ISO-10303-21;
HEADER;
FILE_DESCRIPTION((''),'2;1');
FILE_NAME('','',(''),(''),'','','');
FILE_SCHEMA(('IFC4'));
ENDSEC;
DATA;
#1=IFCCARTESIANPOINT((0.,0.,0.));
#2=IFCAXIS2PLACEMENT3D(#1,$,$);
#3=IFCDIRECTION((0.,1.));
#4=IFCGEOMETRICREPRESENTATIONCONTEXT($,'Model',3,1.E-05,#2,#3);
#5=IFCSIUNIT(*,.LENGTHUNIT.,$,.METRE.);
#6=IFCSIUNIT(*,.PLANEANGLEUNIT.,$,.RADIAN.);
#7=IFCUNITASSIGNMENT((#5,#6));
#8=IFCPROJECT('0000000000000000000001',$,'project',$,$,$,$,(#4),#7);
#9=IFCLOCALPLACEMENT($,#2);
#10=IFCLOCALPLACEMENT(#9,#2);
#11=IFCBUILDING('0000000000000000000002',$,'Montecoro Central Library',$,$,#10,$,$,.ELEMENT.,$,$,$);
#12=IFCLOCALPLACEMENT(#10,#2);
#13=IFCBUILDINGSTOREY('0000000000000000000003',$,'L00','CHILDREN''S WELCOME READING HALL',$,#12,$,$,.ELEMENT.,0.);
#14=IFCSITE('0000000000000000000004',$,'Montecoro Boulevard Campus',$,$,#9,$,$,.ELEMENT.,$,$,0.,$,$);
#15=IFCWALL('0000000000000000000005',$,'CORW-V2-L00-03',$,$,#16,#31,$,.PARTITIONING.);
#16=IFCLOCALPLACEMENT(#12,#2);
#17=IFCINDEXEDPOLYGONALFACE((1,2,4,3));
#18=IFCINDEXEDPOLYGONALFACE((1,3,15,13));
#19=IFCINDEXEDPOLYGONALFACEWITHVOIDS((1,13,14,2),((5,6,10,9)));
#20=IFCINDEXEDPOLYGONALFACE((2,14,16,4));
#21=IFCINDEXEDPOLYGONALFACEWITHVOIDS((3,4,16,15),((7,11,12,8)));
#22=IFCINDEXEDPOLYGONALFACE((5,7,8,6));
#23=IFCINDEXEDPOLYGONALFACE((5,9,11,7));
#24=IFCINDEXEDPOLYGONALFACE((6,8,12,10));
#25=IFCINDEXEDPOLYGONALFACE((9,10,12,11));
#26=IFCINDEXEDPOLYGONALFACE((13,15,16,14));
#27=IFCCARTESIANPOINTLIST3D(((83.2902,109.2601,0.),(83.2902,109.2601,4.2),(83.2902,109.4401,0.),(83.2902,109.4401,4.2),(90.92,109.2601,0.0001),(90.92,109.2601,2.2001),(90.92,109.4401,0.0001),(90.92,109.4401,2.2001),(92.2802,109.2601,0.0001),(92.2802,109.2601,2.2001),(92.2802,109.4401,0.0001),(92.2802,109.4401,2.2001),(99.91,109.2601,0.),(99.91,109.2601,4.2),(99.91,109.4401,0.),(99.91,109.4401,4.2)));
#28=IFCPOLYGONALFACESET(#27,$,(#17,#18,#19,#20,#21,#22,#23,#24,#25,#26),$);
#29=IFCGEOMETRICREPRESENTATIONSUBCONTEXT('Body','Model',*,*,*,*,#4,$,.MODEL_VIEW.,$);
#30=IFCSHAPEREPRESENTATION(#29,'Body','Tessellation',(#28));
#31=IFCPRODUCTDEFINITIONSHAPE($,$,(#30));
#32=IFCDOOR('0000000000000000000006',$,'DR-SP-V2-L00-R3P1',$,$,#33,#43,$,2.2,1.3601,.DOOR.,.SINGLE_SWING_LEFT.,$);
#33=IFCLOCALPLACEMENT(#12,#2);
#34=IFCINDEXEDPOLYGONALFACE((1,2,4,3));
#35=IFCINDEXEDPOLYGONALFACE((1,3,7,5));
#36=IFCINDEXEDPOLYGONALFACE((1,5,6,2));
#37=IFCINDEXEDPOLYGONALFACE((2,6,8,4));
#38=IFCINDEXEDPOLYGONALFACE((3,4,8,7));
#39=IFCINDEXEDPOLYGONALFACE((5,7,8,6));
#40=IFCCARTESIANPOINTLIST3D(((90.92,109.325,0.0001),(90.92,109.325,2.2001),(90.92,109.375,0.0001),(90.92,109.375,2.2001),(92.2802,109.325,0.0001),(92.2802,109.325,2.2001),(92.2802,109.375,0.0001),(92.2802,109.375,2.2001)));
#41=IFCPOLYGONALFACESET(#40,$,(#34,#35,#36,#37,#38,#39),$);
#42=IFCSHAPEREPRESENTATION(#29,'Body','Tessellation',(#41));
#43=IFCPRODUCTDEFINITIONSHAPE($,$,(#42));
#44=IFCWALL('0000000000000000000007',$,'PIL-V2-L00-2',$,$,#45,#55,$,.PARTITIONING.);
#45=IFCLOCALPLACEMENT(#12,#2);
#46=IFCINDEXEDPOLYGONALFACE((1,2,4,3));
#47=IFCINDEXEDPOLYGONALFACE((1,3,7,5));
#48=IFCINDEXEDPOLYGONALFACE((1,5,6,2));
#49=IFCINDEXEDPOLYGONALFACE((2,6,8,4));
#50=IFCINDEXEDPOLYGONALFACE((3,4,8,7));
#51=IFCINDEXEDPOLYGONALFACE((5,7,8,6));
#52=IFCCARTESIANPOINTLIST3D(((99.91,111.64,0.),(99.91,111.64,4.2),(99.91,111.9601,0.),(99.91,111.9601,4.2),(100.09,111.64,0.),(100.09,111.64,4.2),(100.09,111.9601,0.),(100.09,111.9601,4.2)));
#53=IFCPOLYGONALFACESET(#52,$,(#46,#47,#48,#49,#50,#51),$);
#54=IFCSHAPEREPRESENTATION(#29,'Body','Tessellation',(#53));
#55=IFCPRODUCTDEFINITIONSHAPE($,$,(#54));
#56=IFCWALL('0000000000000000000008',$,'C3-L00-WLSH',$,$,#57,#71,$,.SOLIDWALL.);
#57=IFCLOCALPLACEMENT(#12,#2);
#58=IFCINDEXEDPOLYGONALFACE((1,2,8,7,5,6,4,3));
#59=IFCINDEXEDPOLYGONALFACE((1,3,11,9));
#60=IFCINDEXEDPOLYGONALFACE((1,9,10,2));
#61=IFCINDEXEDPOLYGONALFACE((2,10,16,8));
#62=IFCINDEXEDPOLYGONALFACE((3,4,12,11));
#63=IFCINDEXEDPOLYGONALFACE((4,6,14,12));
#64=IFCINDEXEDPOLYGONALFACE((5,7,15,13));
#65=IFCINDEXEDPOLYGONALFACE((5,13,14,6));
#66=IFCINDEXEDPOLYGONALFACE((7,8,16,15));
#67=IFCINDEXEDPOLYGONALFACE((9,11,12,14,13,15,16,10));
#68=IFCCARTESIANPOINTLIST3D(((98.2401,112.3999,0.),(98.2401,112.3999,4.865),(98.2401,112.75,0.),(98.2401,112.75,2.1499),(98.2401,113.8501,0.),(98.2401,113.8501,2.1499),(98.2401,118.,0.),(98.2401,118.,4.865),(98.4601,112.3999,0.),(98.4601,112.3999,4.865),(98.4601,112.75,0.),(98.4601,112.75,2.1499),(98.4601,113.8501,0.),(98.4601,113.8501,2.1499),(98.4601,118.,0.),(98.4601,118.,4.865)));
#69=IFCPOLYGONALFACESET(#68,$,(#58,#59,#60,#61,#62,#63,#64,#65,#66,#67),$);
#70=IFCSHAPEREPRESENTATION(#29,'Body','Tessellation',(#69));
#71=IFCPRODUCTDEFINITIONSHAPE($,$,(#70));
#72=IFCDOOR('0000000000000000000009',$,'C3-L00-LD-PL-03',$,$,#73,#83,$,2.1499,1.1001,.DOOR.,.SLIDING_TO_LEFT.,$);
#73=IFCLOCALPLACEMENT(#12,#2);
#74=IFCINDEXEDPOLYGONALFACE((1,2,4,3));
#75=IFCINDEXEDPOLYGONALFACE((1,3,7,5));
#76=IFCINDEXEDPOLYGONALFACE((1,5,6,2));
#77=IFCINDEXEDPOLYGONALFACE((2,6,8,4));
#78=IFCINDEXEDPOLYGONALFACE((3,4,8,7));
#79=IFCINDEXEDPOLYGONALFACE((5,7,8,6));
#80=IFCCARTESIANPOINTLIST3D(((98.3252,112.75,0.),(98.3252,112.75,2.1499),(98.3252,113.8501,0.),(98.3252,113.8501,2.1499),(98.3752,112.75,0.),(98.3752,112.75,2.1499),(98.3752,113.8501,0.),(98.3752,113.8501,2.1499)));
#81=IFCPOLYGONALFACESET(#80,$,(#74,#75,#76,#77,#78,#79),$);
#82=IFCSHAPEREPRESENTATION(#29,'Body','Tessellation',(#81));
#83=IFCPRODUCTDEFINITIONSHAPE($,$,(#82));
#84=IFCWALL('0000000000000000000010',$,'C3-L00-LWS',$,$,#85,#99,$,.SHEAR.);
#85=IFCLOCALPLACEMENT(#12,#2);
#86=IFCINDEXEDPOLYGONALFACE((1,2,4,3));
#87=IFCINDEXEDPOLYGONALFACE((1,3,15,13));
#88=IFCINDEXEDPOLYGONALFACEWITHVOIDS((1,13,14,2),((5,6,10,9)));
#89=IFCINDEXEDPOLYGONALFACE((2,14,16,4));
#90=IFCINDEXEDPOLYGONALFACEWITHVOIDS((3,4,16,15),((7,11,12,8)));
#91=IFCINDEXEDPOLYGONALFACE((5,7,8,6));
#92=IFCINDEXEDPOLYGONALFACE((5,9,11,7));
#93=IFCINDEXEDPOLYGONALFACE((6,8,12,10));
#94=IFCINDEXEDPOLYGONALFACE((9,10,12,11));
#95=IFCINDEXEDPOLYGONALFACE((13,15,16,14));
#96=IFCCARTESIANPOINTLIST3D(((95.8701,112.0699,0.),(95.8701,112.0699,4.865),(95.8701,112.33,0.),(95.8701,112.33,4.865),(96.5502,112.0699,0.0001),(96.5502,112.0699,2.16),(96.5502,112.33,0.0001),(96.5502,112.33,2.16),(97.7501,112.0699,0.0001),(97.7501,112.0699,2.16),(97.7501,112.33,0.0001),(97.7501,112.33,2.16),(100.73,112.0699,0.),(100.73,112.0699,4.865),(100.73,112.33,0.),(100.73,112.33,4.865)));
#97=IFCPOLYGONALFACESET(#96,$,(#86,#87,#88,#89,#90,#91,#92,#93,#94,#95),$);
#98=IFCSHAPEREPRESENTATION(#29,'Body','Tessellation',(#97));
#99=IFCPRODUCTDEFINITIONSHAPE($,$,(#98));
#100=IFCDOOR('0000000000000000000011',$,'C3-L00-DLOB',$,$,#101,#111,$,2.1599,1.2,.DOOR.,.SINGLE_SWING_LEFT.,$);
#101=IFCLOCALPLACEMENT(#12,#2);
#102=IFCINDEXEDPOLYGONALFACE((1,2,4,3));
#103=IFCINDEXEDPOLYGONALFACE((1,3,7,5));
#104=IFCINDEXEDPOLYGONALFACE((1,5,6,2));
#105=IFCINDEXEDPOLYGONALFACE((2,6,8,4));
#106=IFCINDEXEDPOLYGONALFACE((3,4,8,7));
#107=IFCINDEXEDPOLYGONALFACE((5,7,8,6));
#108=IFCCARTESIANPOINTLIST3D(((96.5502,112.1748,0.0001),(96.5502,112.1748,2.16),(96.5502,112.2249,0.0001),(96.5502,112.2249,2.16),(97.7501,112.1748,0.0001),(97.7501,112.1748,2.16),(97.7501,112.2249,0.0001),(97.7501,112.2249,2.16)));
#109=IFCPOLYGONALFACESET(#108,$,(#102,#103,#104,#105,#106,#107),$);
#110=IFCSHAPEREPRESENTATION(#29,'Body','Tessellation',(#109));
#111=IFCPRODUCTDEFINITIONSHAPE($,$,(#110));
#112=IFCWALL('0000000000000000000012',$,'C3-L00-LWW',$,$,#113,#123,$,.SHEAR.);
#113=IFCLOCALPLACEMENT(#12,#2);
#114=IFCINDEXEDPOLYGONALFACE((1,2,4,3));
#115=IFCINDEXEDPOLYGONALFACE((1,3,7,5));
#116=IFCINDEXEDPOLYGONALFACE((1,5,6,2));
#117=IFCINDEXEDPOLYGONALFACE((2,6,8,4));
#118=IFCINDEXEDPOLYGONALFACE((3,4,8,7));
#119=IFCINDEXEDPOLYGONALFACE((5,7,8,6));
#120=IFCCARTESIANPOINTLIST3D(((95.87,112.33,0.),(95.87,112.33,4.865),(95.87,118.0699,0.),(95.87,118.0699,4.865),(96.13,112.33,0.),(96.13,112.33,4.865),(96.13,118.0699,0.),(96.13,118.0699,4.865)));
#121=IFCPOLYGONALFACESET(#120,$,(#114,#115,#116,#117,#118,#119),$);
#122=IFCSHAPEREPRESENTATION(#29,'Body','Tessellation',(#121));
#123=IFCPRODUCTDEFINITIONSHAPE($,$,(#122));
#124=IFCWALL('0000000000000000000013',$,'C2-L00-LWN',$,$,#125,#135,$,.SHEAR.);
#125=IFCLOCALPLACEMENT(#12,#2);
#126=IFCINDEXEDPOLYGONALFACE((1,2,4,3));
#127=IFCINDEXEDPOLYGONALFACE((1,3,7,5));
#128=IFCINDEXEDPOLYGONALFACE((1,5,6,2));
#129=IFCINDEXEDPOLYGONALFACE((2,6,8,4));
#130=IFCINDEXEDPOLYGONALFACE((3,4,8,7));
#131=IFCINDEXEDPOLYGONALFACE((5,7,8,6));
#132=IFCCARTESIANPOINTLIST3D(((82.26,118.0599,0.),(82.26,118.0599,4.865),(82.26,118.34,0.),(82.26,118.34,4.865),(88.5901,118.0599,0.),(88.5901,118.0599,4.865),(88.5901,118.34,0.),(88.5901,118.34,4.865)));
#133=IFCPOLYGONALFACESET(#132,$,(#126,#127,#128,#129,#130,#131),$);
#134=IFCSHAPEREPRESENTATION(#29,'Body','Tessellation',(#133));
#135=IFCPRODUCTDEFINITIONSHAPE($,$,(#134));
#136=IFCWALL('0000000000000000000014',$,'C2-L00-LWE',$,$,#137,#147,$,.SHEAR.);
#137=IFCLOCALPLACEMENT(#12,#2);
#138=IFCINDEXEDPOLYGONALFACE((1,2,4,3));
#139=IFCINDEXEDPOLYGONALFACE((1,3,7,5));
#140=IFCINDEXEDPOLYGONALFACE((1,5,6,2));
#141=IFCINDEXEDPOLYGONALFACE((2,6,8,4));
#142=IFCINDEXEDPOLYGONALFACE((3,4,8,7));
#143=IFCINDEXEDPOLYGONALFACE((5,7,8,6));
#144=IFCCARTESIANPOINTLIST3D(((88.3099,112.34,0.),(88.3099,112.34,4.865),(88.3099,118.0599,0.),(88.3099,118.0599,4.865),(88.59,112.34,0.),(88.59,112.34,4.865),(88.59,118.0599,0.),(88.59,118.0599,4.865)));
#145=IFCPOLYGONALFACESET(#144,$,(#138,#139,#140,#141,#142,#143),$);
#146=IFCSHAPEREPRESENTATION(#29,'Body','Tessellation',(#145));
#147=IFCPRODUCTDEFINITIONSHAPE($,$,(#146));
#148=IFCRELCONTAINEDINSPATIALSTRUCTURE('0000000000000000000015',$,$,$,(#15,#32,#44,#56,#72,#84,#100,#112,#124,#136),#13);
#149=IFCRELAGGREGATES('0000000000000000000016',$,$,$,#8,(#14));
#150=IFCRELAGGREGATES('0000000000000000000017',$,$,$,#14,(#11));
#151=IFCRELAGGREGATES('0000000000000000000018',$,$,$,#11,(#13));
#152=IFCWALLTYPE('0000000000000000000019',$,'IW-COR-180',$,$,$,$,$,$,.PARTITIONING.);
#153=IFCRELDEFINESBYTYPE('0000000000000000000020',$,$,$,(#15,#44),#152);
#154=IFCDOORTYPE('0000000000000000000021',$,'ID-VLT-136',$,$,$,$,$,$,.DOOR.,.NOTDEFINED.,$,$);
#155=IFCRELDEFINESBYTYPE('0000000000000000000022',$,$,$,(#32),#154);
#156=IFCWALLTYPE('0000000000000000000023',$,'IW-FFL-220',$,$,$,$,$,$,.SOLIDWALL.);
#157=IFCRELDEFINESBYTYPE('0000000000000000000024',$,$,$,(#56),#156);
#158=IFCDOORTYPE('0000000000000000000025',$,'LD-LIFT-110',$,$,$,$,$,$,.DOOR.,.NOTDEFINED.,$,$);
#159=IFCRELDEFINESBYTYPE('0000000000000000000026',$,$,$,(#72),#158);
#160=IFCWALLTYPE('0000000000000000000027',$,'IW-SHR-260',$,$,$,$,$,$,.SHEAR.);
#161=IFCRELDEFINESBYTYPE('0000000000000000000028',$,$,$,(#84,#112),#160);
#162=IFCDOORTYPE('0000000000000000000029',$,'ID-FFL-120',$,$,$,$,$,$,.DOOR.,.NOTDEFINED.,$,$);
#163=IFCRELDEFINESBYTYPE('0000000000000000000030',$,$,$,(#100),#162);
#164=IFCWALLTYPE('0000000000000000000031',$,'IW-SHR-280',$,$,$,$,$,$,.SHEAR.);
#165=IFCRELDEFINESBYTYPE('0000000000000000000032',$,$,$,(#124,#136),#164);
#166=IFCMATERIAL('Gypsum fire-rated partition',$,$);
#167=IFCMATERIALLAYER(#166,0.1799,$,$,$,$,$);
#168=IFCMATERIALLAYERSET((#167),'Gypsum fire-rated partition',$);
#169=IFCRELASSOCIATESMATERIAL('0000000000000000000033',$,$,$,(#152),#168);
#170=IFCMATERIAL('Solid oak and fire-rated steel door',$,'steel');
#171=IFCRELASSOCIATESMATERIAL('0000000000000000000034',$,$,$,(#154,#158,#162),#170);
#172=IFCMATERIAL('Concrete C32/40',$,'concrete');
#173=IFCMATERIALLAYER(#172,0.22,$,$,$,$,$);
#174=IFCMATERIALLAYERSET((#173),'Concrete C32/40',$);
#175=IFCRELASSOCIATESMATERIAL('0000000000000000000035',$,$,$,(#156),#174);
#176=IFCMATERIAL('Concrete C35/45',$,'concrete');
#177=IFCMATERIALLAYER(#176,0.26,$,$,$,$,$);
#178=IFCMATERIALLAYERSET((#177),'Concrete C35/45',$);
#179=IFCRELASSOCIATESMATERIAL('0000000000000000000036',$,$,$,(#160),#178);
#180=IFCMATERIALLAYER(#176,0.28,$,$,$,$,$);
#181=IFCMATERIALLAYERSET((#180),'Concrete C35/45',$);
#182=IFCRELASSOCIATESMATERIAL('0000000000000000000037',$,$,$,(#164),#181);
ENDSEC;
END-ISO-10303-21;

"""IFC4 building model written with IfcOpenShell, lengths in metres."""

from ifc_helpers import new_model, si_unit, direction, frame, frame_2d, origin, place, context, subcontext, project, spatial, rectangle, extrude, material, layer, layer_set, type_object, element, fill, save


model = new_model("IFC4")

# Units and contexts
model_context = context("Model", 3, precision=1e-05, world=origin(), true_north=direction((0.0, 1.0)))
body_context = subcontext(model_context, "Body", "Model", "MODEL_VIEW")
ifc_project = project(units=[si_unit("LENGTHUNIT", "METRE"), si_unit("PLANEANGLEUNIT", "RADIAN")], contexts=[model_context])

# Site, building, storey
site_placement = place(None, origin())
site = spatial("IfcSite", under=ifc_project, at=site_placement, Name="Montecoro Boulevard Campus", CompositionType="ELEMENT", RefElevation=0.0)
building_placement = place(site_placement, origin())
building = spatial("IfcBuilding", under=site, at=building_placement, Name="Montecoro Central Library", CompositionType="ELEMENT")
storey_placement = place(building_placement, origin())
storey = spatial("IfcBuildingStorey", under=building, at=storey_placement, Name="L00", Description="CHILDREN'S WELCOME READING HALL", CompositionType="ELEMENT", Elevation=0.0)

# Wall, opening, door
ifc_material_1 = material(Name="Gypsum fire-rated partition")
ifc_layer_1 = layer(ifc_material_1, 0.1799)
ifc_layer_set_1 = layer_set([ifc_layer_1], Name="Gypsum fire-rated partition")
wall_type_1 = type_object("IfcWallType", Name="IW-COR-180", PredefinedType="PARTITIONING", material=ifc_layer_set_1)
wall_1_placement = place(storey_placement, frame((83.29, 109.3501, 0.0), z_axis=(0.0, 0.0, 1.0), x_axis=(1.0, 0.0, 0.0)))
wall_1 = element("IfcWall", 1, at=wall_1_placement, inside=storey, type_object=wall_type_1, Name="CORW-V2-L00-03", PredefinedType="PARTITIONING", context=body_context, shape_type="SweptSolid", body=[
    extrude(rectangle(XDim=16.6199, YDim=0.1799, at=frame_2d((8.3101, 0.0))), origin(), (0.0, 0.0, 1.0), 4.2),
])
opening_1_placement = place(wall_1_placement, frame((7.6299, 0.0, 0.0)))
opening_1 = element("IfcOpeningElement", 2, at=opening_1_placement, cuts=wall_1, PredefinedType="OPENING", context=body_context, shape_type="SweptSolid", body=[
    extrude(rectangle(XDim=1.3601, YDim=2.2, at=frame_2d((0.6802, 1.1001))), frame((0.0, 0.0999, 0.0), z_axis=(0.0, -1.0, 0.0), x_axis=(1.0, 0.0, 0.0)), (0.0, 0.0, 1.0), 0.2),
])
ifc_material_2 = material(Name="Solid oak and fire-rated steel door", Category="steel")
door_type_1 = type_object("IfcDoorType", Name="ID-VLT-136", OperationType="NOTDEFINED", PredefinedType="DOOR", material=ifc_material_2)
door_1_placement = place(opening_1_placement, origin())
door_1 = element("IfcDoor", 3, at=door_1_placement, inside=storey, type_object=door_type_1, Name="DR-SP-V2-L00-R3P1", OperationType="SINGLE_SWING_LEFT", OverallHeight=2.2, OverallWidth=1.3601, PredefinedType="DOOR", context=body_context, shape_type="SweptSolid", body=[
    extrude(rectangle(XDim=1.3601, YDim=2.2, at=frame_2d((0.6802, 1.1001))), frame((0.0, 0.0249, 0.0), z_axis=(0.0, -1.0, 0.0), x_axis=(1.0, 0.0, 0.0)), (0.0, 0.0, 1.0), 0.05),
])
fill(opening_1, door_1)

# Wall
wall_2_placement = place(storey_placement, frame((100.0, 111.6399, 0.0), z_axis=(0.0, 0.0, 1.0), x_axis=(0.0, 1.0, 0.0)))
element("IfcWall", 4, at=wall_2_placement, inside=storey, type_object=wall_type_1, Name="PIL-V2-L00-2", PredefinedType="PARTITIONING", context=body_context, shape_type="SweptSolid", body=[
    extrude(rectangle(XDim=0.3201, YDim=0.1799, at=frame_2d((0.1602, 0.0))), origin(), (0.0, 0.0, 1.0), 4.2),
])

# Shared definitions
ifc_material_3 = material(Name="Concrete C32/40", Category="concrete")
ifc_layer_2 = layer(ifc_material_3, 0.22)
ifc_layer_set_2 = layer_set([ifc_layer_2], Name="Concrete C32/40")
wall_type_2 = type_object("IfcWallType", Name="IW-FFL-220", PredefinedType="SOLIDWALL", material=ifc_layer_set_2)
door_type_2 = type_object("IfcDoorType", Name="LD-LIFT-110", OperationType="NOTDEFINED", PredefinedType="DOOR", material=ifc_material_2)

# Walls, openings, doors
wall_3_placement = place(storey_placement, frame((98.3501, 112.3999, 0.0), z_axis=(0.0, 0.0, 1.0), x_axis=(0.0, 1.0, 0.0)))
wall_3 = element("IfcWall", 5, at=wall_3_placement, inside=storey, type_object=wall_type_2, Name="C3-L00-WLSH", PredefinedType="SOLIDWALL", context=body_context, shape_type="SweptSolid", body=[
    extrude(rectangle(XDim=5.6001, YDim=0.22, at=frame_2d((2.8, 0.0))), origin(), (0.0, 0.0, 1.0), 4.865),
])
opening_2_placement = place(wall_3_placement, frame((0.3501, 0.0, 0.0)))
opening_2 = element("IfcOpeningElement", 6, at=opening_2_placement, cuts=wall_3, PredefinedType="OPENING", context=body_context, shape_type="SweptSolid", body=[
    extrude(rectangle(XDim=1.1001, YDim=2.1499, at=frame_2d((0.55, 1.075))), frame((0.0, 0.1199, 0.0), z_axis=(0.0, -1.0, 0.0), x_axis=(1.0, 0.0, 0.0)), (0.0, 0.0, 1.0), 0.24),
])
door_2_placement = place(opening_2_placement, origin())
door_2 = element("IfcDoor", 7, at=door_2_placement, inside=storey, type_object=door_type_2, Name="C3-L00-LD-PL-03", OperationType="SLIDING_TO_LEFT", OverallHeight=2.1499, OverallWidth=1.1001, PredefinedType="DOOR", context=body_context, shape_type="SweptSolid", body=[
    extrude(rectangle(XDim=1.1001, YDim=2.1499, at=frame_2d((0.55, 1.075))), frame((0.0, 0.0249, 0.0), z_axis=(0.0, -1.0, 0.0), x_axis=(1.0, 0.0, 0.0)), (0.0, 0.0, 1.0), 0.05),
])
fill(opening_2, door_2)
ifc_material_4 = material(Name="Concrete C35/45", Category="concrete")
ifc_layer_3 = layer(ifc_material_4, 0.26)
ifc_layer_set_3 = layer_set([ifc_layer_3], Name="Concrete C35/45")
wall_type_3 = type_object("IfcWallType", Name="IW-SHR-260", PredefinedType="SHEAR", material=ifc_layer_set_3)
wall_4_placement = place(storey_placement, frame((95.8701, 112.2, 0.0), z_axis=(0.0, 0.0, 1.0), x_axis=(1.0, 0.0, 0.0)))
wall_4 = element("IfcWall", 8, at=wall_4_placement, inside=storey, type_object=wall_type_3, Name="C3-L00-LWS", PredefinedType="SHEAR", context=body_context, shape_type="SweptSolid", body=[
    extrude(rectangle(XDim=4.8599, YDim=0.26, at=frame_2d((2.4299, 0.0))), origin(), (0.0, 0.0, 1.0), 4.865),
])
opening_3_placement = place(wall_4_placement, frame((0.6799, 0.0, 0.0)))
opening_3 = element("IfcOpeningElement", 9, at=opening_3_placement, cuts=wall_4, PredefinedType="OPENING", context=body_context, shape_type="SweptSolid", body=[
    extrude(rectangle(XDim=1.2, YDim=2.1599, at=frame_2d((0.6001, 1.0801))), frame((0.0, 0.1399, 0.0), z_axis=(0.0, -1.0, 0.0), x_axis=(1.0, 0.0, 0.0)), (0.0, 0.0, 1.0), 0.28),
])
door_type_3 = type_object("IfcDoorType", Name="ID-FFL-120", OperationType="NOTDEFINED", PredefinedType="DOOR", material=ifc_material_2)
door_3_placement = place(opening_3_placement, origin())
door_3 = element("IfcDoor", 10, at=door_3_placement, inside=storey, type_object=door_type_3, Name="C3-L00-DLOB", OperationType="SINGLE_SWING_LEFT", OverallHeight=2.1599, OverallWidth=1.2, PredefinedType="DOOR", context=body_context, shape_type="SweptSolid", body=[
    extrude(rectangle(XDim=1.2, YDim=2.1599, at=frame_2d((0.6001, 1.0801))), frame((0.0, 0.0249, 0.0), z_axis=(0.0, -1.0, 0.0), x_axis=(1.0, 0.0, 0.0)), (0.0, 0.0, 1.0), 0.05),
])
fill(opening_3, door_3)

# Walls
wall_5_placement = place(storey_placement, frame((96.0, 118.0701, 0.0), z_axis=(0.0, 0.0, 1.0), x_axis=(0.0, -1.0, 0.0)))
element("IfcWall", 11, at=wall_5_placement, inside=storey, type_object=wall_type_3, Name="C3-L00-LWW", PredefinedType="SHEAR", context=body_context, shape_type="SweptSolid", body=[
    extrude(rectangle(XDim=5.74, YDim=0.26, at=frame_2d((2.8701, 0.0))), origin(), (0.0, 0.0, 1.0), 4.865),
])
ifc_layer_4 = layer(ifc_material_4, 0.28)
ifc_layer_set_4 = layer_set([ifc_layer_4], Name="Concrete C35/45")
wall_type_4 = type_object("IfcWallType", Name="IW-SHR-280", PredefinedType="SHEAR", material=ifc_layer_set_4)
wall_6_placement = place(storey_placement, frame((88.5901, 118.2, 0.0), z_axis=(0.0, 0.0, 1.0), x_axis=(-1.0, 0.0, 0.0)))
element("IfcWall", 12, at=wall_6_placement, inside=storey, type_object=wall_type_4, Name="C2-L00-LWN", PredefinedType="SHEAR", context=body_context, shape_type="SweptSolid", body=[
    extrude(rectangle(XDim=6.3301, YDim=0.28, at=frame_2d((3.165, 0.0))), origin(), (0.0, 0.0, 1.0), 4.865),
])
wall_7_placement = place(storey_placement, frame((88.45, 112.3401, 0.0), z_axis=(0.0, 0.0, 1.0), x_axis=(0.0, 1.0, 0.0)))
element("IfcWall", 13, at=wall_7_placement, inside=storey, type_object=wall_type_4, Name="C2-L00-LWE", PredefinedType="SHEAR", context=body_context, shape_type="SweptSolid", body=[
    extrude(rectangle(XDim=5.72, YDim=0.28, at=frame_2d((2.8599, 0.0))), origin(), (0.0, 0.0, 1.0), 4.865),
])

save(model, "model.ifc")
